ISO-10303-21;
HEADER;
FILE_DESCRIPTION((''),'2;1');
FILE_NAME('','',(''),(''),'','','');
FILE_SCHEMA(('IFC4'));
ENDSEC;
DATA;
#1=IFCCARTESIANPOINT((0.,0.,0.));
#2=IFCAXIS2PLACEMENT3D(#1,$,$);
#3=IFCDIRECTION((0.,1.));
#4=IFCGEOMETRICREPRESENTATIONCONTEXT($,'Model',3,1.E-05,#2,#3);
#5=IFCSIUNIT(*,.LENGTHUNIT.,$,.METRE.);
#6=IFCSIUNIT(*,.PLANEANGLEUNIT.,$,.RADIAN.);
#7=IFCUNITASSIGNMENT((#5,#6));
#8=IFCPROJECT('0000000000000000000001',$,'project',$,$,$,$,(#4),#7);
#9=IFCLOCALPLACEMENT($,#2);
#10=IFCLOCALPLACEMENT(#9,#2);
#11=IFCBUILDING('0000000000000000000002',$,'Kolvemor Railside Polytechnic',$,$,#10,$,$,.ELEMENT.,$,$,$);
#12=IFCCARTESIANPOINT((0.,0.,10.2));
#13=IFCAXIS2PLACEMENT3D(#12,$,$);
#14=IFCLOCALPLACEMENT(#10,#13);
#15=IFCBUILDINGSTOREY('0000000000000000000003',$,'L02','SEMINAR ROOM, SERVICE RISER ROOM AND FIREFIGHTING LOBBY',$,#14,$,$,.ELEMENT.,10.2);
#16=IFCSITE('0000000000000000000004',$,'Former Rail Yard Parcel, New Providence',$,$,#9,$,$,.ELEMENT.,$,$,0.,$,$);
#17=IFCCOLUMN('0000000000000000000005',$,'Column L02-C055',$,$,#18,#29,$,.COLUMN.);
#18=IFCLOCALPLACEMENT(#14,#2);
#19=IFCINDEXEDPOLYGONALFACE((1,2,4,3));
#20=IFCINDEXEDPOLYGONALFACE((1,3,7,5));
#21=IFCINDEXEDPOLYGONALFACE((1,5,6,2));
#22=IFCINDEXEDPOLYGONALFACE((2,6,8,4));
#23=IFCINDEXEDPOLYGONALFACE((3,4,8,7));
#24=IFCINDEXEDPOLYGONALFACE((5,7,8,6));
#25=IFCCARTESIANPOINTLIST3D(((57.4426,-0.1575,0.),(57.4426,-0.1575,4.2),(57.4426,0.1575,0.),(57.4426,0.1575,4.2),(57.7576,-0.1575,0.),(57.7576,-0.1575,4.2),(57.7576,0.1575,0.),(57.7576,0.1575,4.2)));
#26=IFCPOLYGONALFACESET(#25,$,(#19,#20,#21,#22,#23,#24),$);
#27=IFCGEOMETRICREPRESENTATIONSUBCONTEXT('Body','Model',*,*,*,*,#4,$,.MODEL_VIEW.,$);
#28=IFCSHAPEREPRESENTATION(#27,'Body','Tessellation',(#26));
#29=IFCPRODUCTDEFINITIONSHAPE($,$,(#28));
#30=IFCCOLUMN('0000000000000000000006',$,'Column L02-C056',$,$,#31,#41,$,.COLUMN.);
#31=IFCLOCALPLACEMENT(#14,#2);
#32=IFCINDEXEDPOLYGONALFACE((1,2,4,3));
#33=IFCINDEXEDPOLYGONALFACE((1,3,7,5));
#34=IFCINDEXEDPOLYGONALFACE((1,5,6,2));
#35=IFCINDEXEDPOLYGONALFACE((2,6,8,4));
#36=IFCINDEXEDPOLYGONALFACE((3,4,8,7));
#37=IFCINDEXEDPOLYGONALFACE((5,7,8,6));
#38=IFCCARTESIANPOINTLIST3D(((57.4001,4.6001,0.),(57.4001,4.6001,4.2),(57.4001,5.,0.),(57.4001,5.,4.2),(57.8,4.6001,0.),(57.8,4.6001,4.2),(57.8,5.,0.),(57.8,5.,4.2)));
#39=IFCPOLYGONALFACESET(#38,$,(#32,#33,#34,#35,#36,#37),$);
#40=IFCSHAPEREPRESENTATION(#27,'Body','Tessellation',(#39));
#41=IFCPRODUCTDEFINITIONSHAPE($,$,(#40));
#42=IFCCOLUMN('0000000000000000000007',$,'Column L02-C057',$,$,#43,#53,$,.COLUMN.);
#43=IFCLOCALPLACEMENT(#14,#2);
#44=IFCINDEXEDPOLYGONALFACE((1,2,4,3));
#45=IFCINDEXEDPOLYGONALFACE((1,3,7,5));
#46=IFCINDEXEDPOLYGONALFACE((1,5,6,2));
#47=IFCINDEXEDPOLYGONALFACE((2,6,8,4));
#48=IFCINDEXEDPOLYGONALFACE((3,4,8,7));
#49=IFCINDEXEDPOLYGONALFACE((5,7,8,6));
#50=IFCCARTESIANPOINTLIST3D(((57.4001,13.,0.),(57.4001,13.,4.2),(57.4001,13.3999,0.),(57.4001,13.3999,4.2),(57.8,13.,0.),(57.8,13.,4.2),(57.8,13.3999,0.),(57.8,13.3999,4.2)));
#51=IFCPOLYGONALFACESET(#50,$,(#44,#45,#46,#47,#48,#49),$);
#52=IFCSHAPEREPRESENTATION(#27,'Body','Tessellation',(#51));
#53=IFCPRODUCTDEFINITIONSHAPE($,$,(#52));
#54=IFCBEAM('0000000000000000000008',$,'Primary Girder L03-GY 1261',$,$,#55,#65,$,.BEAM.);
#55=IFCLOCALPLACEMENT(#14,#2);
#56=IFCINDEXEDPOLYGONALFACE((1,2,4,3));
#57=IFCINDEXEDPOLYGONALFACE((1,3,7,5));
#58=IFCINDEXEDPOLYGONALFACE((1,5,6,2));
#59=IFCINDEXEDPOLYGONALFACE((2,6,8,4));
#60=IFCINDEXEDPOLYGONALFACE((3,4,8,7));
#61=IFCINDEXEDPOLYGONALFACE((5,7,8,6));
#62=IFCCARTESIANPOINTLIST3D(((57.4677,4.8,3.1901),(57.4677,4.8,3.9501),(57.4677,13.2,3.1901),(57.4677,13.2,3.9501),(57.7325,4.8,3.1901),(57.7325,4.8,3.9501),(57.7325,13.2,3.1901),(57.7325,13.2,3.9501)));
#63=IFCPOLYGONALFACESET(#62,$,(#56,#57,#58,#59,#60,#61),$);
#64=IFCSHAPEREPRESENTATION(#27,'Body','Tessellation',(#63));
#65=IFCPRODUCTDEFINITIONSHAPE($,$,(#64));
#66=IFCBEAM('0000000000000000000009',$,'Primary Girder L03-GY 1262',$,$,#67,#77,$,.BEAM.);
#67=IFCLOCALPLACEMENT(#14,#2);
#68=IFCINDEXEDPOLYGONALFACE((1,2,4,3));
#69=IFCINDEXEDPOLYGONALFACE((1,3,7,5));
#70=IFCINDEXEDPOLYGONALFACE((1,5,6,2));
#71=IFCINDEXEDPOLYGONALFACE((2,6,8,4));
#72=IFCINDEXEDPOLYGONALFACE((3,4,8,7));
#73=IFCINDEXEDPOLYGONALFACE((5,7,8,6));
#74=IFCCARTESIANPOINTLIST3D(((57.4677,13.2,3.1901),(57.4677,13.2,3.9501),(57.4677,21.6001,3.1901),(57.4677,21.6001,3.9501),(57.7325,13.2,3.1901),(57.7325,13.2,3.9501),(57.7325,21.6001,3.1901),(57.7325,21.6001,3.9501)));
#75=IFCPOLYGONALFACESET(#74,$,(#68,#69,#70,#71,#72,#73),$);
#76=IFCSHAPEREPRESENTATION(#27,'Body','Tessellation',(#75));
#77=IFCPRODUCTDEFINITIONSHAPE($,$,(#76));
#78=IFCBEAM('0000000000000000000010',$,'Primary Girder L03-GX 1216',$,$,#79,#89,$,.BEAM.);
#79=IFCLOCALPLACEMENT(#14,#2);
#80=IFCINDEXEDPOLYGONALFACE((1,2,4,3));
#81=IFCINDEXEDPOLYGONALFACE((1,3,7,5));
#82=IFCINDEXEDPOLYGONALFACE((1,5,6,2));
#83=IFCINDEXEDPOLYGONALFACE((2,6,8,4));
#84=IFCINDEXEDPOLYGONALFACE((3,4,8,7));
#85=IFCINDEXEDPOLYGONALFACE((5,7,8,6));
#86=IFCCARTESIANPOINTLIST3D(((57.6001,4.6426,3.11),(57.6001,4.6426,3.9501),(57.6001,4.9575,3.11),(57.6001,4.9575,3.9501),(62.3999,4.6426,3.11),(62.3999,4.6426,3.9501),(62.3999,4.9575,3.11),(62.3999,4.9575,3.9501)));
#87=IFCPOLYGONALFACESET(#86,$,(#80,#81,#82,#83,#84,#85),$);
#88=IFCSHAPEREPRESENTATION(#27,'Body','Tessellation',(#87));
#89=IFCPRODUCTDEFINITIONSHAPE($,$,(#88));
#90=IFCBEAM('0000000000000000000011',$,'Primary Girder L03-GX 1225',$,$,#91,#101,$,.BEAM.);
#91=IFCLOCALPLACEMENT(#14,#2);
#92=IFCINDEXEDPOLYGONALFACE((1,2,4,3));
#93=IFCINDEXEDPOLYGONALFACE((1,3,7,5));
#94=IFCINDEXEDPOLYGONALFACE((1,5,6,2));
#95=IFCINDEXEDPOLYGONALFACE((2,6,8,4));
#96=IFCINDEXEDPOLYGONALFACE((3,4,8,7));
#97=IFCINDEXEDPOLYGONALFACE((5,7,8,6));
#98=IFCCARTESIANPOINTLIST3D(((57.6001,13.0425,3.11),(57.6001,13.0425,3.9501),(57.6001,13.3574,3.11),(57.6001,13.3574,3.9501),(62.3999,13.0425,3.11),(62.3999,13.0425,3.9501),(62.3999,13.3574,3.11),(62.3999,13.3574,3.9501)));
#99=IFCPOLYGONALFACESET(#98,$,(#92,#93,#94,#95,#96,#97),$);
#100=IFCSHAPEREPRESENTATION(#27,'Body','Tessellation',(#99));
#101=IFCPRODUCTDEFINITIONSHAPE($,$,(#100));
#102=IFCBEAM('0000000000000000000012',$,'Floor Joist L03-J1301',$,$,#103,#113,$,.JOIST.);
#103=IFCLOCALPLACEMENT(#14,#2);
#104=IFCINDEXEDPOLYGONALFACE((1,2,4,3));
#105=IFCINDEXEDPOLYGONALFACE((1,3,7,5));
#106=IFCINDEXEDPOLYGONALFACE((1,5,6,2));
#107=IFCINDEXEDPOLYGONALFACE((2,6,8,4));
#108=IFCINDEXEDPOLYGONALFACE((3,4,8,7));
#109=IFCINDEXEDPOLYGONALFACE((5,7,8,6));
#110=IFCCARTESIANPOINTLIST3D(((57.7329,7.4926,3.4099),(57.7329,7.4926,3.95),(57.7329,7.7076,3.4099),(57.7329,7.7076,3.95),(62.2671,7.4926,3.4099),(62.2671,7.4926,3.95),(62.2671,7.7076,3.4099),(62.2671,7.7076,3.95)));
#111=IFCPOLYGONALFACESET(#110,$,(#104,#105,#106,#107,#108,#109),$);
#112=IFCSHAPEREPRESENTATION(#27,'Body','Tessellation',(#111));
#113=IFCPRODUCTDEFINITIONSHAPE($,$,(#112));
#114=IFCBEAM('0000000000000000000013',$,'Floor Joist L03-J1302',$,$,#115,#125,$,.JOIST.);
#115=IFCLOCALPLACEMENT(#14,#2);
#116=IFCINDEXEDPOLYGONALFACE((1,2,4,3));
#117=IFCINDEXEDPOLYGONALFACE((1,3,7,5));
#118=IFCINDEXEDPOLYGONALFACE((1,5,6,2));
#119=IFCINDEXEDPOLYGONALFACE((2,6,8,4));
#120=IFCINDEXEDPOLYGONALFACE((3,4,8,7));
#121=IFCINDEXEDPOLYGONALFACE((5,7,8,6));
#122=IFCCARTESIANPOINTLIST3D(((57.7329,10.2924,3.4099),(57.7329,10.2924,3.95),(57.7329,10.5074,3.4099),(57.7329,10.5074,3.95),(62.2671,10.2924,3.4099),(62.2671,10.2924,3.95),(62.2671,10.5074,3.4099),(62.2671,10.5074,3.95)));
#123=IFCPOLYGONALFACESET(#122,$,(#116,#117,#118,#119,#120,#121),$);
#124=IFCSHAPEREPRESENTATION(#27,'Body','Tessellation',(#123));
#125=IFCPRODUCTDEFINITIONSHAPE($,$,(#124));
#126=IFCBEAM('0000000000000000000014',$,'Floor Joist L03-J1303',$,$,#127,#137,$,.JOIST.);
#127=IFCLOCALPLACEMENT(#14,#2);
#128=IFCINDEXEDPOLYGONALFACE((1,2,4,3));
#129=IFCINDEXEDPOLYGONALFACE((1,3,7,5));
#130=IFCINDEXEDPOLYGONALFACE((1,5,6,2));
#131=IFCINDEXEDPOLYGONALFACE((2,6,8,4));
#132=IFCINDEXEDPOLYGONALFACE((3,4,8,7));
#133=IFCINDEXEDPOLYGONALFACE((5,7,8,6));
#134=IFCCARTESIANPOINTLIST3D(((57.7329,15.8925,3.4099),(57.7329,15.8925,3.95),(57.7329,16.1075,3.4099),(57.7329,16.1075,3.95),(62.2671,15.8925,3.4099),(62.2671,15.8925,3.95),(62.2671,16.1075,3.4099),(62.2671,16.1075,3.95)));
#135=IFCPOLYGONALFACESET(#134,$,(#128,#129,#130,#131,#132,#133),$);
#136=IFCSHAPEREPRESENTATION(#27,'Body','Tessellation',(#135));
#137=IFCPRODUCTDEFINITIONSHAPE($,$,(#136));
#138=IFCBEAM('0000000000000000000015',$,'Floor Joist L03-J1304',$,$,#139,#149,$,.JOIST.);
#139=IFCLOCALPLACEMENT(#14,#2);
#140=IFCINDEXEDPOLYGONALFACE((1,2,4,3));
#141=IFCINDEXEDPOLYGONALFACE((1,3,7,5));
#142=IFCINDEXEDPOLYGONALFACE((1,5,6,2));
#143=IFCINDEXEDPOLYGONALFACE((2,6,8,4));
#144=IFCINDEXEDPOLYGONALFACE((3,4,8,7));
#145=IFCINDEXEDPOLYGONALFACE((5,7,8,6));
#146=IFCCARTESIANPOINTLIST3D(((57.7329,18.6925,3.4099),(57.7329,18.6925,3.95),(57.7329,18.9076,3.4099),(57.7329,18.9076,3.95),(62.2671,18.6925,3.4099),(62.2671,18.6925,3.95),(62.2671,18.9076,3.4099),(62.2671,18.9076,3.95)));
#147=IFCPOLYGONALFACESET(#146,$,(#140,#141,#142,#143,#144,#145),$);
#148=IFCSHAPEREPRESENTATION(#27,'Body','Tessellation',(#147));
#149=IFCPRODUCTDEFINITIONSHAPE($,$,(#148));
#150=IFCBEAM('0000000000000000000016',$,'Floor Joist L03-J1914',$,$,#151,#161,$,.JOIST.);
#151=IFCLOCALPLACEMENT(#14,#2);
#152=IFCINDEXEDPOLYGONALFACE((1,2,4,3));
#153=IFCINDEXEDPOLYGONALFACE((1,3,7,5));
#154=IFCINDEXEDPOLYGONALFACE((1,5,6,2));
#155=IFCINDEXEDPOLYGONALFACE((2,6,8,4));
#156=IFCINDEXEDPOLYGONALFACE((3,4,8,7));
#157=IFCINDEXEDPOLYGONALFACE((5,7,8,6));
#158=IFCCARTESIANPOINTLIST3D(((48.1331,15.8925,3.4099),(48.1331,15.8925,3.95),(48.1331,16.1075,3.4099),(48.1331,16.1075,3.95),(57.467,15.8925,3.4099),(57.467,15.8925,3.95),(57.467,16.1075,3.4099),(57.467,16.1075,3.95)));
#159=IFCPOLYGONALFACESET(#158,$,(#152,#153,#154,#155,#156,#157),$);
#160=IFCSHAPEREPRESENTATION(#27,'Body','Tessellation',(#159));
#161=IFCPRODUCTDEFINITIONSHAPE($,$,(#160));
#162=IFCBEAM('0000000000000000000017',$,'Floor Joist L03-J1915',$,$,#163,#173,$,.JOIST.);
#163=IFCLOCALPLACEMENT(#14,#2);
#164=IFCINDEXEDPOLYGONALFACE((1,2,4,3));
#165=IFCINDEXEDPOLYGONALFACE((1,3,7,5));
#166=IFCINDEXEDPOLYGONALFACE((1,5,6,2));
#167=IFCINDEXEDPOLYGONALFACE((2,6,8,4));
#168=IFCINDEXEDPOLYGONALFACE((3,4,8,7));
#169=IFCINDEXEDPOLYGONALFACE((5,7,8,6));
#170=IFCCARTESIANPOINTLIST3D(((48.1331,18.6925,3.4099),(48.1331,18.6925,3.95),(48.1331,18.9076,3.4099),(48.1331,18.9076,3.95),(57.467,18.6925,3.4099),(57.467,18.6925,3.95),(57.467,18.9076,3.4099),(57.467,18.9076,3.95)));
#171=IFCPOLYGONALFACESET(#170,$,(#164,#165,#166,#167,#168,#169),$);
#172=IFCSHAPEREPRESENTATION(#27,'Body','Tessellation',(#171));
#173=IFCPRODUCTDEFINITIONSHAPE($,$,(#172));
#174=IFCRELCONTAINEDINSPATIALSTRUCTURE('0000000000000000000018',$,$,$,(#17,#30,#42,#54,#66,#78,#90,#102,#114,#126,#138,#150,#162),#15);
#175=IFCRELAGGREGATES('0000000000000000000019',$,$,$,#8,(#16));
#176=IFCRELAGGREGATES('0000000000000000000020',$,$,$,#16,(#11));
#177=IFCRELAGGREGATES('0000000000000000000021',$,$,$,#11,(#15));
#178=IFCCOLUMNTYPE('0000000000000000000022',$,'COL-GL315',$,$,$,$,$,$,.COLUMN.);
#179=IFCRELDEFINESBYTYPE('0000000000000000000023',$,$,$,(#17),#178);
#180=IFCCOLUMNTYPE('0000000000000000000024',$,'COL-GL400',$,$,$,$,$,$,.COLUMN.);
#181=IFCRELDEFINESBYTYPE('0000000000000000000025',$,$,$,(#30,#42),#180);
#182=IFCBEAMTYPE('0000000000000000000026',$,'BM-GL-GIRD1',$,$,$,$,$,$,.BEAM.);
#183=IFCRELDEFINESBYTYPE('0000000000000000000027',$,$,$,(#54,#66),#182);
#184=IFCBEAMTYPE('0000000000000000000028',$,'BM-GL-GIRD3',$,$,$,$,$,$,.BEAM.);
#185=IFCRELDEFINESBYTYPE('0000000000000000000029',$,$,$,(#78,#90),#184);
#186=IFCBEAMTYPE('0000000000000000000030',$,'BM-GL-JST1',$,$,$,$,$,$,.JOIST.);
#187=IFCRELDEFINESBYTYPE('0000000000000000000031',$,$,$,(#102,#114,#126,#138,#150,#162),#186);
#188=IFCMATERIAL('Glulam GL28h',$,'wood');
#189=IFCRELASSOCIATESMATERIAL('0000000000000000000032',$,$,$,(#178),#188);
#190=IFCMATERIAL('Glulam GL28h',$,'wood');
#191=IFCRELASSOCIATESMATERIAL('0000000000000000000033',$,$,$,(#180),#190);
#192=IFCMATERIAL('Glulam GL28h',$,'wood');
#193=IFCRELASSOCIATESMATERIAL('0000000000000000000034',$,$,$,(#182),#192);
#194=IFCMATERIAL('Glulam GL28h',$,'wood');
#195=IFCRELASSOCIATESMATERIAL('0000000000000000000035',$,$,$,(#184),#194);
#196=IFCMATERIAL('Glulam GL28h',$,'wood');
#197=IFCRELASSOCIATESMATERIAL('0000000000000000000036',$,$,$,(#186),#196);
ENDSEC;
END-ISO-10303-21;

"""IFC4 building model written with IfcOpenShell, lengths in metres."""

from ifc_helpers import new_model, si_unit, direction, frame, origin, origin_2d, place, context, subcontext, project, spatial, rectangle, extrude, material, material_profile, profile_set, type_object, element, save


model = new_model("IFC4")

# Units and contexts
model_context = context("Model", 3, precision=1e-05, world=origin(), true_north=direction((0.0, 1.0)))
body_context = subcontext(model_context, "Body", "Model", "MODEL_VIEW")
ifc_project = project(units=[si_unit("LENGTHUNIT", "METRE"), si_unit("PLANEANGLEUNIT", "RADIAN")], contexts=[model_context])

# Site, building, storey
site_placement = place(None, origin())
site = spatial("IfcSite", under=ifc_project, at=site_placement, Name="Former Rail Yard Parcel, New Providence", CompositionType="ELEMENT", RefElevation=0.0)
building_placement = place(site_placement, origin())
building = spatial("IfcBuilding", under=site, at=building_placement, Name="Kolvemor Railside Polytechnic", CompositionType="ELEMENT")
storey_placement = place(building_placement, frame((0.0, 0.0, 10.2)))
storey = spatial("IfcBuildingStorey", under=building, at=storey_placement, Name="L02", Description="SEMINAR ROOM, SERVICE RISER ROOM AND FIREFIGHTING LOBBY", CompositionType="ELEMENT", Elevation=10.2)

# Columns
ifc_material_1 = material(Name="Glulam GL28h", Category="wood")
ifc_material_profile_1 = material_profile(ifc_material_1, rectangle(XDim=0.3149, YDim=0.3149, at=origin_2d()), Name="GL315x315")
ifc_profile_set_1 = profile_set([ifc_material_profile_1], Name="Glulam GL28h")
column_type_1 = type_object("IfcColumnType", Name="COL-GL315", PredefinedType="COLUMN", material=ifc_profile_set_1)
column_placement = place(storey_placement, frame((57.6001, 0.0, 0.0), z_axis=(0.0, 0.0, 1.0), x_axis=(1.0, 0.0, 0.0)))
element("IfcColumn", 1, at=column_placement, inside=storey, type_object=column_type_1, Name="Column L02-C055", PredefinedType="COLUMN", context=body_context, shape_type="SweptSolid", body=[
    extrude(rectangle(XDim=0.3149, YDim=0.3149, at=origin_2d()), origin(), (0.0, 0.0, 1.0), 4.2),
])
ifc_material_2 = material(Name="Glulam GL28h", Category="wood")
ifc_material_profile_2 = material_profile(ifc_material_2, rectangle(XDim=0.3999, YDim=0.3999, at=origin_2d()), Name="GL400x400")
ifc_profile_set_2 = profile_set([ifc_material_profile_2], Name="Glulam GL28h")
column_type_2 = type_object("IfcColumnType", Name="COL-GL400", PredefinedType="COLUMN", material=ifc_profile_set_2)
for number, where, z_axis, x_axis, name in (
    (2, (57.6001, 4.8, 0.0), (0.0, 0.0, 1.0), (1.0, 0.0, 0.0), "Column L02-C056"),
    (3, (57.6001, 13.2, 0.0), (0.0, 0.0, 1.0), (1.0, 0.0, 0.0), "Column L02-C057"),
):
    element("IfcColumn", number, at=place(storey_placement, frame(where, z_axis=z_axis, x_axis=x_axis)), inside=storey, type_object=column_type_2, Name=name, PredefinedType="COLUMN", context=body_context, shape_type="SweptSolid", body=[
        extrude(rectangle(XDim=0.3999, YDim=0.3999, at=origin_2d()), origin(), (0.0, 0.0, 1.0), 4.2),
    ])

# Beams
ifc_material_3 = material(Name="Glulam GL28h", Category="wood")
ifc_material_profile_3 = material_profile(ifc_material_3, rectangle(XDim=0.2649, YDim=0.76, at=origin_2d()), Name="GL265x760")
ifc_profile_set_3 = profile_set([ifc_material_profile_3], Name="Glulam GL28h")
beam_type_1 = type_object("IfcBeamType", Name="BM-GL-GIRD1", PredefinedType="BEAM", material=ifc_profile_set_3)
beam_1_placement = place(storey_placement, frame((57.6001, 4.8, 3.5701), z_axis=(0.0, 1.0, 0.0), x_axis=(-1.0, 0.0, 0.0)))
element("IfcBeam", 4, at=beam_1_placement, inside=storey, type_object=beam_type_1, Name="Primary Girder L03-GY 1261", PredefinedType="BEAM", context=body_context, shape_type="SweptSolid", body=[
    extrude(rectangle(XDim=0.2649, YDim=0.76, at=origin_2d()), origin(), (0.0, 0.0, 1.0), 8.3999),
])
beam_2_placement = place(storey_placement, frame((57.6001, 13.2, 3.5701), z_axis=(0.0, 1.0, 0.0), x_axis=(-1.0, 0.0, 0.0)))
element("IfcBeam", 5, at=beam_2_placement, inside=storey, type_object=beam_type_1, Name="Primary Girder L03-GY 1262", PredefinedType="BEAM", context=body_context, shape_type="SweptSolid", body=[
    extrude(rectangle(XDim=0.2649, YDim=0.76, at=origin_2d()), origin(), (0.0, 0.0, 1.0), 8.4001),
])
ifc_material_4 = material(Name="Glulam GL28h", Category="wood")
ifc_material_profile_4 = material_profile(ifc_material_4, rectangle(XDim=0.3149, YDim=0.8401, at=origin_2d()), Name="GL315x840")
ifc_profile_set_4 = profile_set([ifc_material_profile_4], Name="Glulam GL28h")
beam_type_2 = type_object("IfcBeamType", Name="BM-GL-GIRD3", PredefinedType="BEAM", material=ifc_profile_set_4)
for number, where, z_axis, x_axis, name in (
    (6, (57.6001, 4.8, 3.53), (1.0, 0.0, 0.0), (0.0, 1.0, 0.0), "Primary Girder L03-GX 1216"),
    (7, (57.6001, 13.2, 3.53), (1.0, 0.0, 0.0), (0.0, 1.0, 0.0), "Primary Girder L03-GX 1225"),
):
    element("IfcBeam", number, at=place(storey_placement, frame(where, z_axis=z_axis, x_axis=x_axis)), inside=storey, type_object=beam_type_2, Name=name, PredefinedType="BEAM", context=body_context, shape_type="SweptSolid", body=[
        extrude(rectangle(XDim=0.3149, YDim=0.8401, at=origin_2d()), origin(), (0.0, 0.0, 1.0), 4.7998),
    ])
ifc_material_5 = material(Name="Glulam GL28h", Category="wood")
ifc_material_profile_5 = material_profile(ifc_material_5, rectangle(XDim=0.2151, YDim=0.54, at=origin_2d()), Name="GL215x540")
ifc_profile_set_5 = profile_set([ifc_material_profile_5], Name="Glulam GL28h")
beam_type_3 = type_object("IfcBeamType", Name="BM-GL-JST1", PredefinedType="JOIST", material=ifc_profile_set_5)
for number, where, z_axis, x_axis, name in (
    (8, (57.7329, 7.6001, 3.6799), (1.0, 0.0, 0.0), (0.0, 1.0, 0.0), "Floor Joist L03-J1301"),
    (9, (57.7329, 10.3999, 3.6799), (1.0, 0.0, 0.0), (0.0, 1.0, 0.0), "Floor Joist L03-J1302"),
    (10, (57.7329, 16.0, 3.6799), (1.0, 0.0, 0.0), (0.0, 1.0, 0.0), "Floor Joist L03-J1303"),
    (11, (57.7329, 18.8, 3.6799), (1.0, 0.0, 0.0), (0.0, 1.0, 0.0), "Floor Joist L03-J1304"),
):
    element("IfcBeam", number, at=place(storey_placement, frame(where, z_axis=z_axis, x_axis=x_axis)), inside=storey, type_object=beam_type_3, Name=name, PredefinedType="JOIST", context=body_context, shape_type="SweptSolid", body=[
        extrude(rectangle(XDim=0.2151, YDim=0.54, at=origin_2d()), origin(), (0.0, 0.0, 1.0), 4.5342),
    ])
for number, where, z_axis, x_axis, name in (
    (12, (48.1331, 16.0, 3.6799), (1.0, 0.0, 0.0), (0.0, 1.0, 0.0), "Floor Joist L03-J1914"),
    (13, (48.1331, 18.8, 3.6799), (1.0, 0.0, 0.0), (0.0, 1.0, 0.0), "Floor Joist L03-J1915"),
):
    element("IfcBeam", number, at=place(storey_placement, frame(where, z_axis=z_axis, x_axis=x_axis)), inside=storey, type_object=beam_type_3, Name=name, PredefinedType="JOIST", context=body_context, shape_type="SweptSolid", body=[
        extrude(rectangle(XDim=0.2151, YDim=0.54, at=origin_2d()), origin(), (0.0, 0.0, 1.0), 9.334),
    ])

save(model, "model.ifc")
